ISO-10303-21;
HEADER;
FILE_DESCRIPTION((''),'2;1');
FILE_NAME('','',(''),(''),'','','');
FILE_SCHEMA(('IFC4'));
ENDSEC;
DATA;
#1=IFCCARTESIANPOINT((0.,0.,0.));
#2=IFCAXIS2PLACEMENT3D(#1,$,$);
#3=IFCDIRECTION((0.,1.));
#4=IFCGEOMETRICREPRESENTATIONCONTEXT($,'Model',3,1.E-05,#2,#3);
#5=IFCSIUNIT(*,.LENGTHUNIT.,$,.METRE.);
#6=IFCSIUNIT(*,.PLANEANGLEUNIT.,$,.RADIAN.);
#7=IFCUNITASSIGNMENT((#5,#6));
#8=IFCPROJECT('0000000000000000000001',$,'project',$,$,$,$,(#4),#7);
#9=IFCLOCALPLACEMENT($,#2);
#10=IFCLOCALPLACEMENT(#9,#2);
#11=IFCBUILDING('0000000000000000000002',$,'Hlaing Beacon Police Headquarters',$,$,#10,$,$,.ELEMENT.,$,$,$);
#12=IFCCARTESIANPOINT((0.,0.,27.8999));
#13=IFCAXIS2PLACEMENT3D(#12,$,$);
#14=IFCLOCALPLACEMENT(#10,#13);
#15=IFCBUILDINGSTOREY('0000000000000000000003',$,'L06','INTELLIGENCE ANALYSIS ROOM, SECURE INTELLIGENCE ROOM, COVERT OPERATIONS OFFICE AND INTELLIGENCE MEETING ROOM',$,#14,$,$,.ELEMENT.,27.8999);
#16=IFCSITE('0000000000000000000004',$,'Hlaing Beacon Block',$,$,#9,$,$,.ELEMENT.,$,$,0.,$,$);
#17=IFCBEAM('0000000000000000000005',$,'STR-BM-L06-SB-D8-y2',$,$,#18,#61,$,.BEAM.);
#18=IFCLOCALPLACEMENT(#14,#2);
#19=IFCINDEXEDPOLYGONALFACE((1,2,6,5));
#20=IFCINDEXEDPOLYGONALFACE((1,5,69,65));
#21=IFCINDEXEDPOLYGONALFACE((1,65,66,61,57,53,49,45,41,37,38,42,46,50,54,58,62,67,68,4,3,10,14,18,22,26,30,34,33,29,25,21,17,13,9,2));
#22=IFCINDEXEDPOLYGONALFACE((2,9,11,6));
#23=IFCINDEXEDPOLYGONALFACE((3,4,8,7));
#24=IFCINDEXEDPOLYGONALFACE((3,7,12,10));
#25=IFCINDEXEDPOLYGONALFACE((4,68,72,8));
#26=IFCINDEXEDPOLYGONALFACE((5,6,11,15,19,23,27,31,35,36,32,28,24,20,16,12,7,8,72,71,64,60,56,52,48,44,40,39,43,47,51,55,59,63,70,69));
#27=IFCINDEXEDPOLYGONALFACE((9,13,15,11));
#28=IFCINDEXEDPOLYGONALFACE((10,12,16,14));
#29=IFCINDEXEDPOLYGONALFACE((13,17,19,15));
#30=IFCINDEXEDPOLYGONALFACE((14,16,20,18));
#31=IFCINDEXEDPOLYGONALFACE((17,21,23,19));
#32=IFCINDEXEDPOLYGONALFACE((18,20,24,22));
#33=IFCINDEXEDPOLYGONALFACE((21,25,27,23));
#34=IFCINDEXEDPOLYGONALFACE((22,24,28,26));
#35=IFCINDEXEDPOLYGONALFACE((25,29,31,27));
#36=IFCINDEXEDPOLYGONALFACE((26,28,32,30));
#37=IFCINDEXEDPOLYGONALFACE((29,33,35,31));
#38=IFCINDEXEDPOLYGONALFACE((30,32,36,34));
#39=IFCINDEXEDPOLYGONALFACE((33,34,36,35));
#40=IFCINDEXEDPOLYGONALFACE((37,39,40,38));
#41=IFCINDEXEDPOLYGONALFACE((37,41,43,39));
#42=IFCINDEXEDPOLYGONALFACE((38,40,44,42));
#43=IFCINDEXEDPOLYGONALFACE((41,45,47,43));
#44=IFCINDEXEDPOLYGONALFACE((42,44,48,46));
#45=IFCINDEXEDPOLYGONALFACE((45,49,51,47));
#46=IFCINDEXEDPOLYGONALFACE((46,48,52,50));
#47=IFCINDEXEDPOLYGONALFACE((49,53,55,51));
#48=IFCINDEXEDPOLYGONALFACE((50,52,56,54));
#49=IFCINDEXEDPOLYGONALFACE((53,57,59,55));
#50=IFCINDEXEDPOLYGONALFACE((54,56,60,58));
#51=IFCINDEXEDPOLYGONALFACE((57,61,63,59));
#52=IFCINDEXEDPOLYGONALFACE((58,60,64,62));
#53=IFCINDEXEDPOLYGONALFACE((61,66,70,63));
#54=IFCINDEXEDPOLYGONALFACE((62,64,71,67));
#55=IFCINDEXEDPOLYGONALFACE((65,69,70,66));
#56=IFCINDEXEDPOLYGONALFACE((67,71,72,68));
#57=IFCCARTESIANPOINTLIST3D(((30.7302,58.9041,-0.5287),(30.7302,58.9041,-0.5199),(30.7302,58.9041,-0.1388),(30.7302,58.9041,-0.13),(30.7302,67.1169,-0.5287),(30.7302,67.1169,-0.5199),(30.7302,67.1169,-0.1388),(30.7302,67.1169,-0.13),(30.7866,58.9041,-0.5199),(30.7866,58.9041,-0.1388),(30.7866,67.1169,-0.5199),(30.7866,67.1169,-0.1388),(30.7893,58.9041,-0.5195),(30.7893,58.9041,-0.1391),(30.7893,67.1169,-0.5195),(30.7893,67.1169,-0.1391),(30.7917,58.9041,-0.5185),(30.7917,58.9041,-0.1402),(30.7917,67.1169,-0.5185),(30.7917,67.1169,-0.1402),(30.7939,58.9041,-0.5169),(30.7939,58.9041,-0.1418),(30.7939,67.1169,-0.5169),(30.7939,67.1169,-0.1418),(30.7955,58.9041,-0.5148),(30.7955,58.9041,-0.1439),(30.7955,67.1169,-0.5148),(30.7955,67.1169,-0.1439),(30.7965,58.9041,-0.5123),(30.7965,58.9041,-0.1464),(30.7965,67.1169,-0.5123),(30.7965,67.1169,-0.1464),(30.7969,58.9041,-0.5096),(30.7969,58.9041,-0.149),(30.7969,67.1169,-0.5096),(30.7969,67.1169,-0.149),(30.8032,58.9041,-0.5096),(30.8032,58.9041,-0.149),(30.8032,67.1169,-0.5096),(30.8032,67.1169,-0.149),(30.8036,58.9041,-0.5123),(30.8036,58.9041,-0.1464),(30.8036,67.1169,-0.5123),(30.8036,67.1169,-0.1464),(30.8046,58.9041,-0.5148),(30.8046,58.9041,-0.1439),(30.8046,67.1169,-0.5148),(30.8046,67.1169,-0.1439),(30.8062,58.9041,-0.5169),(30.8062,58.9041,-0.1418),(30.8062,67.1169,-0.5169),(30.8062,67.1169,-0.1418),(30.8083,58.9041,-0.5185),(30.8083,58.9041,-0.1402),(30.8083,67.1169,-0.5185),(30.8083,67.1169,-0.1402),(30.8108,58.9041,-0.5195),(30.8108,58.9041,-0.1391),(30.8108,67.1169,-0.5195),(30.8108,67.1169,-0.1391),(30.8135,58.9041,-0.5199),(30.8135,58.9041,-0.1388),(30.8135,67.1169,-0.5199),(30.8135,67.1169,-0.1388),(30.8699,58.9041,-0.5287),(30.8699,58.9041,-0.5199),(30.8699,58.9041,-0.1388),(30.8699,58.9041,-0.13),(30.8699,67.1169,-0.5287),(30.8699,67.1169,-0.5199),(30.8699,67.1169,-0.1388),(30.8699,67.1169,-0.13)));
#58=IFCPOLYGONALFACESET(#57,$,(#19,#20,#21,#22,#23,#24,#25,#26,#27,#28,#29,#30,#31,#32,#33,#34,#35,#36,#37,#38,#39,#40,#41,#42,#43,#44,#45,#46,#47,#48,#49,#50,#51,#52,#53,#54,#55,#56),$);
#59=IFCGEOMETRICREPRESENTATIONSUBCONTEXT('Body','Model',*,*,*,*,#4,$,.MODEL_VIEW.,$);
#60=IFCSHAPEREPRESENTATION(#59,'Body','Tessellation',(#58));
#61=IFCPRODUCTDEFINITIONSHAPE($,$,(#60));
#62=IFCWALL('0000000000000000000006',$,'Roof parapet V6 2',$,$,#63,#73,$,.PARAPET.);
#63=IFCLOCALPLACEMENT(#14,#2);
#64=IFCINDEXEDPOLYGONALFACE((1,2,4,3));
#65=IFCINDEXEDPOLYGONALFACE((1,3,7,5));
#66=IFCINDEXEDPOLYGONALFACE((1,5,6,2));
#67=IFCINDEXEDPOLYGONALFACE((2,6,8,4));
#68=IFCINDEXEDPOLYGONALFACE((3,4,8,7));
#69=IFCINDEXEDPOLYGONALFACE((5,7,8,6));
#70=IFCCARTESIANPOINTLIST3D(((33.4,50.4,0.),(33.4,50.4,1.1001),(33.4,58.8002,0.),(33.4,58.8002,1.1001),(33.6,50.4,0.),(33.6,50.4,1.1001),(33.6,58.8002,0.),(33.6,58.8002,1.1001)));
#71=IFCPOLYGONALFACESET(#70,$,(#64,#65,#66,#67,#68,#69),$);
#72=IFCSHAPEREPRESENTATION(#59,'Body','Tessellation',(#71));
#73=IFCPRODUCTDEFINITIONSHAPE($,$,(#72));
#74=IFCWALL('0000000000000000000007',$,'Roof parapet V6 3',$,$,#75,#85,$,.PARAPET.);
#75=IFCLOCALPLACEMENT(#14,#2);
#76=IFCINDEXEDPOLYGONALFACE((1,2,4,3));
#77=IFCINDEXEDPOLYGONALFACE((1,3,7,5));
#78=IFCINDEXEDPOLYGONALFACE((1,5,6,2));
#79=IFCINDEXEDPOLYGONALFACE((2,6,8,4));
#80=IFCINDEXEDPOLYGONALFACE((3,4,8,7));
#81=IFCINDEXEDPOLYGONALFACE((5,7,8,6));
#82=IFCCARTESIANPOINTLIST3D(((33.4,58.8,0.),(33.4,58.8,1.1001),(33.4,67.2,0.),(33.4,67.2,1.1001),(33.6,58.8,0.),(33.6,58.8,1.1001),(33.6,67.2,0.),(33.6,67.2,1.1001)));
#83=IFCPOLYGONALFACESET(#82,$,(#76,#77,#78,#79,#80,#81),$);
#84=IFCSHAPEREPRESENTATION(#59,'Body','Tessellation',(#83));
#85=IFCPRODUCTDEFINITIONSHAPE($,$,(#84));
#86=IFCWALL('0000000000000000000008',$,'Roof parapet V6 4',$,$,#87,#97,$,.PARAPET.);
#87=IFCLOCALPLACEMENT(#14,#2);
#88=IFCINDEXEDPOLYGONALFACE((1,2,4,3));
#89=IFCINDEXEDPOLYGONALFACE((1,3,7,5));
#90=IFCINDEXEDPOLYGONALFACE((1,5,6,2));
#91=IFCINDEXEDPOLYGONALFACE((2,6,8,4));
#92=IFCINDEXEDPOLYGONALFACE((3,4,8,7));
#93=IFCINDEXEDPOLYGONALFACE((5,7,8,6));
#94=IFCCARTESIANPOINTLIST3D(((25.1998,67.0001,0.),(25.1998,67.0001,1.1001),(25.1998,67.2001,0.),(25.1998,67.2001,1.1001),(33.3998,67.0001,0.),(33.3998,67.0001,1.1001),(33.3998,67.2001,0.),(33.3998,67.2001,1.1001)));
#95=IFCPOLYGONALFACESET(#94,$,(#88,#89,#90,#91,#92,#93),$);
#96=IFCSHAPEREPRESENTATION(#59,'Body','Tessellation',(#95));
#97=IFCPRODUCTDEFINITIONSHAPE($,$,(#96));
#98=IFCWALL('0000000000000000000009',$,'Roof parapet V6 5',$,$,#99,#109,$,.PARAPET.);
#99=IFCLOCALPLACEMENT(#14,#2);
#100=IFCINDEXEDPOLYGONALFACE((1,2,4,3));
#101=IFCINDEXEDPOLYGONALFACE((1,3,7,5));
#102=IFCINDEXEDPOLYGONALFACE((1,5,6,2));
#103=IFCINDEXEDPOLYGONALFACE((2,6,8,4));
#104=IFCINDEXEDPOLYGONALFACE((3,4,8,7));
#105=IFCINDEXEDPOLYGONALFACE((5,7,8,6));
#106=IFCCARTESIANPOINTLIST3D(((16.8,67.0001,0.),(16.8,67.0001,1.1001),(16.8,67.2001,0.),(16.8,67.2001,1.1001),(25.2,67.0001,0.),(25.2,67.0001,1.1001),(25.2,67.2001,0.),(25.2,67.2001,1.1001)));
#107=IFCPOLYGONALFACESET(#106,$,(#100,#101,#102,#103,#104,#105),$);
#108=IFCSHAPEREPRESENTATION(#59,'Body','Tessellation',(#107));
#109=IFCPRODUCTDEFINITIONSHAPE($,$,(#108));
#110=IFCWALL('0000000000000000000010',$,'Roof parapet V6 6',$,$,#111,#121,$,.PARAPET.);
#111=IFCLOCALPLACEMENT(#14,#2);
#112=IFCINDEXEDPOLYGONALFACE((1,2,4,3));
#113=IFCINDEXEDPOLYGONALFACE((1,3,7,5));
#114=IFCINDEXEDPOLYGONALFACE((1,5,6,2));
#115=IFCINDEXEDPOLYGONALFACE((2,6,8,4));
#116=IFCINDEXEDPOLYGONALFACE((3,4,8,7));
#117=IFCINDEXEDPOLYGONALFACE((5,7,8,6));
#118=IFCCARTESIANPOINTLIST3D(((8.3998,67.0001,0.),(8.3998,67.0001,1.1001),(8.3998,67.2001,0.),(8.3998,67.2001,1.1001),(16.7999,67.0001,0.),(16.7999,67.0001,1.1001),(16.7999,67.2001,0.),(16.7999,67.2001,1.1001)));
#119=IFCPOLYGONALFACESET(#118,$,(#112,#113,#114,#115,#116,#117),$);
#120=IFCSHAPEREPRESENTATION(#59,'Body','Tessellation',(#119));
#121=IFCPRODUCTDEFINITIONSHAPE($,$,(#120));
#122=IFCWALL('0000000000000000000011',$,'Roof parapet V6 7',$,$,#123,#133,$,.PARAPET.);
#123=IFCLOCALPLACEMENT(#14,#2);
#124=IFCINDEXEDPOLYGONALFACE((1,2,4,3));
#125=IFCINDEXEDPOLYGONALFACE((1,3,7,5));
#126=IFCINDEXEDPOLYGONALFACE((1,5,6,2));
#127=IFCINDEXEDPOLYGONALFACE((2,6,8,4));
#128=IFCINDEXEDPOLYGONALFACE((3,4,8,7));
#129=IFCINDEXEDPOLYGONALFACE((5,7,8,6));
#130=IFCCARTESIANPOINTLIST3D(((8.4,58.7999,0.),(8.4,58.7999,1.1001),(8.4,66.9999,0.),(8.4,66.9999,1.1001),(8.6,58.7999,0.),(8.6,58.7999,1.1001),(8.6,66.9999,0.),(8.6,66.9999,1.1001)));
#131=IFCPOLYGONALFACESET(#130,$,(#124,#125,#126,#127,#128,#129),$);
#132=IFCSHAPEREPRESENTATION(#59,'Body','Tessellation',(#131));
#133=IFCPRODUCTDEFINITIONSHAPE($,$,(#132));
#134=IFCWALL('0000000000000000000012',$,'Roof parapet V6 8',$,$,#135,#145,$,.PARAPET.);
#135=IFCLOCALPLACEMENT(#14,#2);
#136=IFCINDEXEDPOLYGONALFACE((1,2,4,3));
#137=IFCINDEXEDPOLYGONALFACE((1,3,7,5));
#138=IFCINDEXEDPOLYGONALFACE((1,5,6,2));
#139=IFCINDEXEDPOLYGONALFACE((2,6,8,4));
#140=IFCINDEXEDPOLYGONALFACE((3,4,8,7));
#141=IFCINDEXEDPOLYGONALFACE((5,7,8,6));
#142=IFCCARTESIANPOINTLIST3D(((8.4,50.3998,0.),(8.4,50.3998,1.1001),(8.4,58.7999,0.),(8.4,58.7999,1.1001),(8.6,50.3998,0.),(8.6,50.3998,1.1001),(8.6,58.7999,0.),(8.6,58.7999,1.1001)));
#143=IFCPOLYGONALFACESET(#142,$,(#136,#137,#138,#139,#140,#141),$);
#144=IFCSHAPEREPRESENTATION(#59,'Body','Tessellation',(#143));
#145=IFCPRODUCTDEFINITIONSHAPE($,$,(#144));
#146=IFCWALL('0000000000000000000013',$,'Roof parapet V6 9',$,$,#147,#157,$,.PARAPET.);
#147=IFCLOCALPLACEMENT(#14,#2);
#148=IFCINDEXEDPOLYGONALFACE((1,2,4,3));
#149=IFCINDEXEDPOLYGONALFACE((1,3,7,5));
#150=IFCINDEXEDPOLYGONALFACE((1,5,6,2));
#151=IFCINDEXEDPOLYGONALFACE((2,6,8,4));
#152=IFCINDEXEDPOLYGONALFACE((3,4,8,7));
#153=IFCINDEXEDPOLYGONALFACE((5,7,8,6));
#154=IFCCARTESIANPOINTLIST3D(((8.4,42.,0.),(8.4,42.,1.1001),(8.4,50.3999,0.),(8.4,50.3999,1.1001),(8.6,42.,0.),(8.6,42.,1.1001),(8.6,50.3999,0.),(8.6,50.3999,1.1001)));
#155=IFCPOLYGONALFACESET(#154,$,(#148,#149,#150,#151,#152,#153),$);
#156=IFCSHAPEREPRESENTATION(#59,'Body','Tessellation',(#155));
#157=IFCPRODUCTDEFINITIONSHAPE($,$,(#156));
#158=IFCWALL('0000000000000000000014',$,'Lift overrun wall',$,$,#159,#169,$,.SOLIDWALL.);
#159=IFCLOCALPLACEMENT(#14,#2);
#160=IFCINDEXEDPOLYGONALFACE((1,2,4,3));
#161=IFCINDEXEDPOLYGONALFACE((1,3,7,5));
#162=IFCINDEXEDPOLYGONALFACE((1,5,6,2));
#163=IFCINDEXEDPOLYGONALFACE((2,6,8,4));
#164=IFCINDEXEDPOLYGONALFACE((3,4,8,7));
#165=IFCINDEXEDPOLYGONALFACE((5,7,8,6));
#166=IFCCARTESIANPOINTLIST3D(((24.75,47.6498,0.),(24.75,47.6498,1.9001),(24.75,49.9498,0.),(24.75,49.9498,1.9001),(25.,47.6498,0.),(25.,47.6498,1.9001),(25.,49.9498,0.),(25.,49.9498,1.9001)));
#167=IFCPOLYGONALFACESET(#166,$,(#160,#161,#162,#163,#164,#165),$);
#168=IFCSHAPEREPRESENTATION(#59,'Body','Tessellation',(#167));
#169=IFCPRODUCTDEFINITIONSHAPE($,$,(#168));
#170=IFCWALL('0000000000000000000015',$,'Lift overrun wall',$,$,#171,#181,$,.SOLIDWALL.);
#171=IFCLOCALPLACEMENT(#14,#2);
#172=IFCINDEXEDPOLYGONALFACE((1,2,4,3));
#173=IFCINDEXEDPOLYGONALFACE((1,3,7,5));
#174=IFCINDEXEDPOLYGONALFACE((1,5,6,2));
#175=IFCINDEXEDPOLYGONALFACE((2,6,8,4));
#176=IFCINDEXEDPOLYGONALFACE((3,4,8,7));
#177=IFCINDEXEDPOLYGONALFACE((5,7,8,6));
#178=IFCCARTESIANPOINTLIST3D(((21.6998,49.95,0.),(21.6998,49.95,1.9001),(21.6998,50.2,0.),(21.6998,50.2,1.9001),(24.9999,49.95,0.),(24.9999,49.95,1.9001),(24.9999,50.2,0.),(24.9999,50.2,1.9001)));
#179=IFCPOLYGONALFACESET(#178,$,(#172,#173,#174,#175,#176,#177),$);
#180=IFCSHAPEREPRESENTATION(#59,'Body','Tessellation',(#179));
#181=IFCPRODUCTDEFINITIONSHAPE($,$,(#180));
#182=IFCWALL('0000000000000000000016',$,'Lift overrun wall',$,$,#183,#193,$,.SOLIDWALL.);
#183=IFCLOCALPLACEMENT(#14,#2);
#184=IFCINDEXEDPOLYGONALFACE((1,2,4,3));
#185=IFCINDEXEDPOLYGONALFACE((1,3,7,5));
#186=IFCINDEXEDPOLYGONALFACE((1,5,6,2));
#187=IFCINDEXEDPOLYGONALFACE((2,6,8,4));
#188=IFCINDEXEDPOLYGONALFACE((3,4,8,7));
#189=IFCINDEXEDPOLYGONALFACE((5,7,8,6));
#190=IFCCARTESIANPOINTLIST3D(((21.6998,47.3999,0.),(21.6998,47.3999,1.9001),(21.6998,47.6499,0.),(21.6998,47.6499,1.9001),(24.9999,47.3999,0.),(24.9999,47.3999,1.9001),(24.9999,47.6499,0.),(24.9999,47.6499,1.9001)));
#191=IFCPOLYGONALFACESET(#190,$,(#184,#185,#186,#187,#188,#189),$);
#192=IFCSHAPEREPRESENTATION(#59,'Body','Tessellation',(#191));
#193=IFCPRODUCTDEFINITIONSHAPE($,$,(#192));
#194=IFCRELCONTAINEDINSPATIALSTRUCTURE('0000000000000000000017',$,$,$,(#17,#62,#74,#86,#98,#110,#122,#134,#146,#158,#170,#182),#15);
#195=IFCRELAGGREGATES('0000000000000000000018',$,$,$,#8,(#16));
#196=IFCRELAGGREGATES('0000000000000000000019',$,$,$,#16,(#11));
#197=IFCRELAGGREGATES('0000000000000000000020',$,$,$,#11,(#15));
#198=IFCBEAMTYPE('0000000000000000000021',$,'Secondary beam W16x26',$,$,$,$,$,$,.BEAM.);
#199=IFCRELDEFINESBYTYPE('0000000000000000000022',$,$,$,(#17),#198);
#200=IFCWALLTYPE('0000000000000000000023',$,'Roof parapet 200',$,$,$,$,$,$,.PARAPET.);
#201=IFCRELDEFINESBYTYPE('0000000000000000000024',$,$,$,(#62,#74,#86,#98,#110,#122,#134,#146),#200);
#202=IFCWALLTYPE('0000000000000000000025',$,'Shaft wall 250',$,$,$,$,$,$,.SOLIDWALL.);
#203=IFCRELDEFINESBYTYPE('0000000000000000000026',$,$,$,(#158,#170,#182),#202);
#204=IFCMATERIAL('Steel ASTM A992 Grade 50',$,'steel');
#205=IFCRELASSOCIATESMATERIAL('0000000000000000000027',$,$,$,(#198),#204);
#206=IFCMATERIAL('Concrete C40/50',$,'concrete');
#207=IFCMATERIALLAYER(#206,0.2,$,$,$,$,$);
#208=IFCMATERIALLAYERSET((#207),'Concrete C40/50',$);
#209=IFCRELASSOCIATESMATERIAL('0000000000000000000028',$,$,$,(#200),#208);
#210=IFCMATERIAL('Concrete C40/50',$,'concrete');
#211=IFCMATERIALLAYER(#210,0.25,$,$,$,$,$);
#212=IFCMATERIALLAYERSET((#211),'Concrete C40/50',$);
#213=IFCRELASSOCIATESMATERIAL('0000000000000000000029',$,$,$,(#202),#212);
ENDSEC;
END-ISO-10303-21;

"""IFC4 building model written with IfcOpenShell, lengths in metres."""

from ifc_helpers import new_model, si_unit, direction, frame, frame_2d, origin, origin_2d, place, context, subcontext, project, spatial, rectangle, i_section, extrude, material, layer, layer_set, material_profile, profile_set, type_object, element, save


model = new_model("IFC4")

# Units and contexts
model_context = context("Model", 3, precision=1e-05, world=origin(), true_north=direction((0.0, 1.0)))
body_context = subcontext(model_context, "Body", "Model", "MODEL_VIEW")
ifc_project = project(units=[si_unit("LENGTHUNIT", "METRE"), si_unit("PLANEANGLEUNIT", "RADIAN")], contexts=[model_context])

# Site, building, storey
site_placement = place(None, origin())
site = spatial("IfcSite", under=ifc_project, at=site_placement, Name="Hlaing Beacon Block", CompositionType="ELEMENT", RefElevation=0.0)
building_placement = place(site_placement, origin())
building = spatial("IfcBuilding", under=site, at=building_placement, Name="Hlaing Beacon Police Headquarters", CompositionType="ELEMENT")
storey_placement = place(building_placement, frame((0.0, 0.0, 27.8999)))
storey = spatial("IfcBuildingStorey", under=building, at=storey_placement, Name="L06", Description="INTELLIGENCE ANALYSIS ROOM, SECURE INTELLIGENCE ROOM, COVERT OPERATIONS OFFICE AND INTELLIGENCE MEETING ROOM", CompositionType="ELEMENT", Elevation=27.8999)

# Beam
ifc_material_1 = material(Name="Steel ASTM A992 Grade 50", Category="steel")
ifc_material_profile_1 = material_profile(ifc_material_1, i_section(OverallWidth=0.1396, OverallDepth=0.3987, WebThickness=0.0063, FlangeThickness=0.0088, FilletRadius=0.0103, at=origin_2d()), Name="W16x26")
ifc_profile_set_1 = profile_set([ifc_material_profile_1], Name="Steel ASTM A992 Grade 50")
beam_type_1 = type_object("IfcBeamType", Name="Secondary beam W16x26", PredefinedType="BEAM", material=ifc_profile_set_1)
for number, where, z_axis, x_axis, name in (
    (1, (30.8, 58.9041, -0.3293), (0.0, 1.0, 0.0), (-1.0, 0.0, 0.0), "STR-BM-L06-SB-D8-y2"),
):
    element("IfcBeam", number, at=place(storey_placement, frame(where, z_axis=z_axis, x_axis=x_axis)), inside=storey, type_object=beam_type_1, Name=name, PredefinedType="BEAM", context=body_context, shape_type="SweptSolid", body=[
        extrude(i_section(OverallWidth=0.1396, OverallDepth=0.3987, WebThickness=0.0063, FlangeThickness=0.0088, FilletRadius=0.0103, at=origin_2d()), origin(), (0.0, 0.0, 1.0), 8.2129),
    ])

# Walls
ifc_material_2 = material(Name="Concrete C40/50", Category="concrete")
ifc_layer_1 = layer(ifc_material_2, 0.2)
ifc_layer_set_1 = layer_set([ifc_layer_1], Name="Concrete C40/50")
wall_type_1 = type_object("IfcWallType", Name="Roof parapet 200", PredefinedType="PARAPET", material=ifc_layer_set_1)
wall_1_placement = place(storey_placement, frame((33.5, 50.3999, 0.0), z_axis=(0.0, 0.0, 1.0), x_axis=(0.0, 1.0, 0.0)))
element("IfcWall", 2, at=wall_1_placement, inside=storey, type_object=wall_type_1, Name="Roof parapet V6 2", PredefinedType="PARAPET", context=body_context, shape_type="SweptSolid", body=[
    extrude(rectangle(XDim=8.4001, YDim=0.2, at=frame_2d((4.2002, 0.0))), origin(), (0.0, 0.0, 1.0), 1.1001),
])
wall_2_placement = place(storey_placement, frame((33.5, 58.8, 0.0), z_axis=(0.0, 0.0, 1.0), x_axis=(0.0, 1.0, 0.0)))
element("IfcWall", 3, at=wall_2_placement, inside=storey, type_object=wall_type_1, Name="Roof parapet V6 3", PredefinedType="PARAPET", context=body_context, shape_type="SweptSolid", body=[
    extrude(rectangle(XDim=8.3999, YDim=0.2, at=frame_2d((4.2, 0.0))), origin(), (0.0, 0.0, 1.0), 1.1001),
])
wall_3_placement = place(storey_placement, frame((33.3999, 67.1001, 0.0), z_axis=(0.0, 0.0, 1.0), x_axis=(-1.0, 0.0, 0.0)))
element("IfcWall", 4, at=wall_3_placement, inside=storey, type_object=wall_type_1, Name="Roof parapet V6 4", PredefinedType="PARAPET", context=body_context, shape_type="SweptSolid", body=[
    extrude(rectangle(XDim=8.2, YDim=0.2, at=frame_2d((4.1001, 0.0))), origin(), (0.0, 0.0, 1.0), 1.1001),
])
wall_4_placement = place(storey_placement, frame((25.2, 67.1001, 0.0), z_axis=(0.0, 0.0, 1.0), x_axis=(-1.0, 0.0, 0.0)))
element("IfcWall", 5, at=wall_4_placement, inside=storey, type_object=wall_type_1, Name="Roof parapet V6 5", PredefinedType="PARAPET", context=body_context, shape_type="SweptSolid", body=[
    extrude(rectangle(XDim=8.3999, YDim=0.2, at=frame_2d((4.2, 0.0))), origin(), (0.0, 0.0, 1.0), 1.1001),
])
wall_5_placement = place(storey_placement, frame((16.8, 67.1001, 0.0), z_axis=(0.0, 0.0, 1.0), x_axis=(-1.0, 0.0, 0.0)))
element("IfcWall", 6, at=wall_5_placement, inside=storey, type_object=wall_type_1, Name="Roof parapet V6 6", PredefinedType="PARAPET", context=body_context, shape_type="SweptSolid", body=[
    extrude(rectangle(XDim=8.4001, YDim=0.2, at=frame_2d((4.2002, 0.0))), origin(), (0.0, 0.0, 1.0), 1.1001),
])
wall_6_placement = place(storey_placement, frame((8.5, 67.0, 0.0), z_axis=(0.0, 0.0, 1.0), x_axis=(0.0, -1.0, 0.0)))
element("IfcWall", 7, at=wall_6_placement, inside=storey, type_object=wall_type_1, Name="Roof parapet V6 7", PredefinedType="PARAPET", context=body_context, shape_type="SweptSolid", body=[
    extrude(rectangle(XDim=8.2, YDim=0.2, at=frame_2d((4.1001, 0.0))), origin(), (0.0, 0.0, 1.0), 1.1001),
])
wall_7_placement = place(storey_placement, frame((8.5, 58.8, 0.0), z_axis=(0.0, 0.0, 1.0), x_axis=(0.0, -1.0, 0.0)))
element("IfcWall", 8, at=wall_7_placement, inside=storey, type_object=wall_type_1, Name="Roof parapet V6 8", PredefinedType="PARAPET", context=body_context, shape_type="SweptSolid", body=[
    extrude(rectangle(XDim=8.4001, YDim=0.2, at=frame_2d((4.2002, 0.0))), origin(), (0.0, 0.0, 1.0), 1.1001),
])
wall_8_placement = place(storey_placement, frame((8.5, 50.3999, 0.0), z_axis=(0.0, 0.0, 1.0), x_axis=(0.0, -1.0, 0.0)))
element("IfcWall", 9, at=wall_8_placement, inside=storey, type_object=wall_type_1, Name="Roof parapet V6 9", PredefinedType="PARAPET", context=body_context, shape_type="SweptSolid", body=[
    extrude(rectangle(XDim=8.3999, YDim=0.2, at=frame_2d((4.2, 0.0))), origin(), (0.0, 0.0, 1.0), 1.1001),
])
ifc_material_3 = material(Name="Concrete C40/50", Category="concrete")
ifc_layer_2 = layer(ifc_material_3, 0.25)
ifc_layer_set_2 = layer_set([ifc_layer_2], Name="Concrete C40/50")
wall_type_2 = type_object("IfcWallType", Name="Shaft wall 250", PredefinedType="SOLIDWALL", material=ifc_layer_set_2)
wall_9_placement = place(storey_placement, frame((24.875, 47.6499, 0.0), z_axis=(0.0, 0.0, 1.0), x_axis=(0.0, 1.0, 0.0)))
element("IfcWall", 10, at=wall_9_placement, inside=storey, type_object=wall_type_2, Name="Lift overrun wall", PredefinedType="SOLIDWALL", context=body_context, shape_type="SweptSolid", body=[
    extrude(rectangle(XDim=2.3, YDim=0.25, at=frame_2d((1.1499, 0.0))), origin(), (0.0, 0.0, 1.0), 1.9001),
])
for number, where, z_axis, x_axis, name in (
    (11, (21.7, 50.075, 0.0), (0.0, 0.0, 1.0), (1.0, 0.0, 0.0), "Lift overrun wall"),
    (12, (21.7, 47.5249, 0.0), (0.0, 0.0, 1.0), (1.0, 0.0, 0.0), "Lift overrun wall"),
):
    element("IfcWall", number, at=place(storey_placement, frame(where, z_axis=z_axis, x_axis=x_axis)), inside=storey, type_object=wall_type_2, Name=name, PredefinedType="SOLIDWALL", context=body_context, shape_type="SweptSolid", body=[
        extrude(rectangle(XDim=3.3, YDim=0.25, at=frame_2d((1.6499, 0.0))), origin(), (0.0, 0.0, 1.0), 1.9001),
    ])

save(model, "model.ifc")
